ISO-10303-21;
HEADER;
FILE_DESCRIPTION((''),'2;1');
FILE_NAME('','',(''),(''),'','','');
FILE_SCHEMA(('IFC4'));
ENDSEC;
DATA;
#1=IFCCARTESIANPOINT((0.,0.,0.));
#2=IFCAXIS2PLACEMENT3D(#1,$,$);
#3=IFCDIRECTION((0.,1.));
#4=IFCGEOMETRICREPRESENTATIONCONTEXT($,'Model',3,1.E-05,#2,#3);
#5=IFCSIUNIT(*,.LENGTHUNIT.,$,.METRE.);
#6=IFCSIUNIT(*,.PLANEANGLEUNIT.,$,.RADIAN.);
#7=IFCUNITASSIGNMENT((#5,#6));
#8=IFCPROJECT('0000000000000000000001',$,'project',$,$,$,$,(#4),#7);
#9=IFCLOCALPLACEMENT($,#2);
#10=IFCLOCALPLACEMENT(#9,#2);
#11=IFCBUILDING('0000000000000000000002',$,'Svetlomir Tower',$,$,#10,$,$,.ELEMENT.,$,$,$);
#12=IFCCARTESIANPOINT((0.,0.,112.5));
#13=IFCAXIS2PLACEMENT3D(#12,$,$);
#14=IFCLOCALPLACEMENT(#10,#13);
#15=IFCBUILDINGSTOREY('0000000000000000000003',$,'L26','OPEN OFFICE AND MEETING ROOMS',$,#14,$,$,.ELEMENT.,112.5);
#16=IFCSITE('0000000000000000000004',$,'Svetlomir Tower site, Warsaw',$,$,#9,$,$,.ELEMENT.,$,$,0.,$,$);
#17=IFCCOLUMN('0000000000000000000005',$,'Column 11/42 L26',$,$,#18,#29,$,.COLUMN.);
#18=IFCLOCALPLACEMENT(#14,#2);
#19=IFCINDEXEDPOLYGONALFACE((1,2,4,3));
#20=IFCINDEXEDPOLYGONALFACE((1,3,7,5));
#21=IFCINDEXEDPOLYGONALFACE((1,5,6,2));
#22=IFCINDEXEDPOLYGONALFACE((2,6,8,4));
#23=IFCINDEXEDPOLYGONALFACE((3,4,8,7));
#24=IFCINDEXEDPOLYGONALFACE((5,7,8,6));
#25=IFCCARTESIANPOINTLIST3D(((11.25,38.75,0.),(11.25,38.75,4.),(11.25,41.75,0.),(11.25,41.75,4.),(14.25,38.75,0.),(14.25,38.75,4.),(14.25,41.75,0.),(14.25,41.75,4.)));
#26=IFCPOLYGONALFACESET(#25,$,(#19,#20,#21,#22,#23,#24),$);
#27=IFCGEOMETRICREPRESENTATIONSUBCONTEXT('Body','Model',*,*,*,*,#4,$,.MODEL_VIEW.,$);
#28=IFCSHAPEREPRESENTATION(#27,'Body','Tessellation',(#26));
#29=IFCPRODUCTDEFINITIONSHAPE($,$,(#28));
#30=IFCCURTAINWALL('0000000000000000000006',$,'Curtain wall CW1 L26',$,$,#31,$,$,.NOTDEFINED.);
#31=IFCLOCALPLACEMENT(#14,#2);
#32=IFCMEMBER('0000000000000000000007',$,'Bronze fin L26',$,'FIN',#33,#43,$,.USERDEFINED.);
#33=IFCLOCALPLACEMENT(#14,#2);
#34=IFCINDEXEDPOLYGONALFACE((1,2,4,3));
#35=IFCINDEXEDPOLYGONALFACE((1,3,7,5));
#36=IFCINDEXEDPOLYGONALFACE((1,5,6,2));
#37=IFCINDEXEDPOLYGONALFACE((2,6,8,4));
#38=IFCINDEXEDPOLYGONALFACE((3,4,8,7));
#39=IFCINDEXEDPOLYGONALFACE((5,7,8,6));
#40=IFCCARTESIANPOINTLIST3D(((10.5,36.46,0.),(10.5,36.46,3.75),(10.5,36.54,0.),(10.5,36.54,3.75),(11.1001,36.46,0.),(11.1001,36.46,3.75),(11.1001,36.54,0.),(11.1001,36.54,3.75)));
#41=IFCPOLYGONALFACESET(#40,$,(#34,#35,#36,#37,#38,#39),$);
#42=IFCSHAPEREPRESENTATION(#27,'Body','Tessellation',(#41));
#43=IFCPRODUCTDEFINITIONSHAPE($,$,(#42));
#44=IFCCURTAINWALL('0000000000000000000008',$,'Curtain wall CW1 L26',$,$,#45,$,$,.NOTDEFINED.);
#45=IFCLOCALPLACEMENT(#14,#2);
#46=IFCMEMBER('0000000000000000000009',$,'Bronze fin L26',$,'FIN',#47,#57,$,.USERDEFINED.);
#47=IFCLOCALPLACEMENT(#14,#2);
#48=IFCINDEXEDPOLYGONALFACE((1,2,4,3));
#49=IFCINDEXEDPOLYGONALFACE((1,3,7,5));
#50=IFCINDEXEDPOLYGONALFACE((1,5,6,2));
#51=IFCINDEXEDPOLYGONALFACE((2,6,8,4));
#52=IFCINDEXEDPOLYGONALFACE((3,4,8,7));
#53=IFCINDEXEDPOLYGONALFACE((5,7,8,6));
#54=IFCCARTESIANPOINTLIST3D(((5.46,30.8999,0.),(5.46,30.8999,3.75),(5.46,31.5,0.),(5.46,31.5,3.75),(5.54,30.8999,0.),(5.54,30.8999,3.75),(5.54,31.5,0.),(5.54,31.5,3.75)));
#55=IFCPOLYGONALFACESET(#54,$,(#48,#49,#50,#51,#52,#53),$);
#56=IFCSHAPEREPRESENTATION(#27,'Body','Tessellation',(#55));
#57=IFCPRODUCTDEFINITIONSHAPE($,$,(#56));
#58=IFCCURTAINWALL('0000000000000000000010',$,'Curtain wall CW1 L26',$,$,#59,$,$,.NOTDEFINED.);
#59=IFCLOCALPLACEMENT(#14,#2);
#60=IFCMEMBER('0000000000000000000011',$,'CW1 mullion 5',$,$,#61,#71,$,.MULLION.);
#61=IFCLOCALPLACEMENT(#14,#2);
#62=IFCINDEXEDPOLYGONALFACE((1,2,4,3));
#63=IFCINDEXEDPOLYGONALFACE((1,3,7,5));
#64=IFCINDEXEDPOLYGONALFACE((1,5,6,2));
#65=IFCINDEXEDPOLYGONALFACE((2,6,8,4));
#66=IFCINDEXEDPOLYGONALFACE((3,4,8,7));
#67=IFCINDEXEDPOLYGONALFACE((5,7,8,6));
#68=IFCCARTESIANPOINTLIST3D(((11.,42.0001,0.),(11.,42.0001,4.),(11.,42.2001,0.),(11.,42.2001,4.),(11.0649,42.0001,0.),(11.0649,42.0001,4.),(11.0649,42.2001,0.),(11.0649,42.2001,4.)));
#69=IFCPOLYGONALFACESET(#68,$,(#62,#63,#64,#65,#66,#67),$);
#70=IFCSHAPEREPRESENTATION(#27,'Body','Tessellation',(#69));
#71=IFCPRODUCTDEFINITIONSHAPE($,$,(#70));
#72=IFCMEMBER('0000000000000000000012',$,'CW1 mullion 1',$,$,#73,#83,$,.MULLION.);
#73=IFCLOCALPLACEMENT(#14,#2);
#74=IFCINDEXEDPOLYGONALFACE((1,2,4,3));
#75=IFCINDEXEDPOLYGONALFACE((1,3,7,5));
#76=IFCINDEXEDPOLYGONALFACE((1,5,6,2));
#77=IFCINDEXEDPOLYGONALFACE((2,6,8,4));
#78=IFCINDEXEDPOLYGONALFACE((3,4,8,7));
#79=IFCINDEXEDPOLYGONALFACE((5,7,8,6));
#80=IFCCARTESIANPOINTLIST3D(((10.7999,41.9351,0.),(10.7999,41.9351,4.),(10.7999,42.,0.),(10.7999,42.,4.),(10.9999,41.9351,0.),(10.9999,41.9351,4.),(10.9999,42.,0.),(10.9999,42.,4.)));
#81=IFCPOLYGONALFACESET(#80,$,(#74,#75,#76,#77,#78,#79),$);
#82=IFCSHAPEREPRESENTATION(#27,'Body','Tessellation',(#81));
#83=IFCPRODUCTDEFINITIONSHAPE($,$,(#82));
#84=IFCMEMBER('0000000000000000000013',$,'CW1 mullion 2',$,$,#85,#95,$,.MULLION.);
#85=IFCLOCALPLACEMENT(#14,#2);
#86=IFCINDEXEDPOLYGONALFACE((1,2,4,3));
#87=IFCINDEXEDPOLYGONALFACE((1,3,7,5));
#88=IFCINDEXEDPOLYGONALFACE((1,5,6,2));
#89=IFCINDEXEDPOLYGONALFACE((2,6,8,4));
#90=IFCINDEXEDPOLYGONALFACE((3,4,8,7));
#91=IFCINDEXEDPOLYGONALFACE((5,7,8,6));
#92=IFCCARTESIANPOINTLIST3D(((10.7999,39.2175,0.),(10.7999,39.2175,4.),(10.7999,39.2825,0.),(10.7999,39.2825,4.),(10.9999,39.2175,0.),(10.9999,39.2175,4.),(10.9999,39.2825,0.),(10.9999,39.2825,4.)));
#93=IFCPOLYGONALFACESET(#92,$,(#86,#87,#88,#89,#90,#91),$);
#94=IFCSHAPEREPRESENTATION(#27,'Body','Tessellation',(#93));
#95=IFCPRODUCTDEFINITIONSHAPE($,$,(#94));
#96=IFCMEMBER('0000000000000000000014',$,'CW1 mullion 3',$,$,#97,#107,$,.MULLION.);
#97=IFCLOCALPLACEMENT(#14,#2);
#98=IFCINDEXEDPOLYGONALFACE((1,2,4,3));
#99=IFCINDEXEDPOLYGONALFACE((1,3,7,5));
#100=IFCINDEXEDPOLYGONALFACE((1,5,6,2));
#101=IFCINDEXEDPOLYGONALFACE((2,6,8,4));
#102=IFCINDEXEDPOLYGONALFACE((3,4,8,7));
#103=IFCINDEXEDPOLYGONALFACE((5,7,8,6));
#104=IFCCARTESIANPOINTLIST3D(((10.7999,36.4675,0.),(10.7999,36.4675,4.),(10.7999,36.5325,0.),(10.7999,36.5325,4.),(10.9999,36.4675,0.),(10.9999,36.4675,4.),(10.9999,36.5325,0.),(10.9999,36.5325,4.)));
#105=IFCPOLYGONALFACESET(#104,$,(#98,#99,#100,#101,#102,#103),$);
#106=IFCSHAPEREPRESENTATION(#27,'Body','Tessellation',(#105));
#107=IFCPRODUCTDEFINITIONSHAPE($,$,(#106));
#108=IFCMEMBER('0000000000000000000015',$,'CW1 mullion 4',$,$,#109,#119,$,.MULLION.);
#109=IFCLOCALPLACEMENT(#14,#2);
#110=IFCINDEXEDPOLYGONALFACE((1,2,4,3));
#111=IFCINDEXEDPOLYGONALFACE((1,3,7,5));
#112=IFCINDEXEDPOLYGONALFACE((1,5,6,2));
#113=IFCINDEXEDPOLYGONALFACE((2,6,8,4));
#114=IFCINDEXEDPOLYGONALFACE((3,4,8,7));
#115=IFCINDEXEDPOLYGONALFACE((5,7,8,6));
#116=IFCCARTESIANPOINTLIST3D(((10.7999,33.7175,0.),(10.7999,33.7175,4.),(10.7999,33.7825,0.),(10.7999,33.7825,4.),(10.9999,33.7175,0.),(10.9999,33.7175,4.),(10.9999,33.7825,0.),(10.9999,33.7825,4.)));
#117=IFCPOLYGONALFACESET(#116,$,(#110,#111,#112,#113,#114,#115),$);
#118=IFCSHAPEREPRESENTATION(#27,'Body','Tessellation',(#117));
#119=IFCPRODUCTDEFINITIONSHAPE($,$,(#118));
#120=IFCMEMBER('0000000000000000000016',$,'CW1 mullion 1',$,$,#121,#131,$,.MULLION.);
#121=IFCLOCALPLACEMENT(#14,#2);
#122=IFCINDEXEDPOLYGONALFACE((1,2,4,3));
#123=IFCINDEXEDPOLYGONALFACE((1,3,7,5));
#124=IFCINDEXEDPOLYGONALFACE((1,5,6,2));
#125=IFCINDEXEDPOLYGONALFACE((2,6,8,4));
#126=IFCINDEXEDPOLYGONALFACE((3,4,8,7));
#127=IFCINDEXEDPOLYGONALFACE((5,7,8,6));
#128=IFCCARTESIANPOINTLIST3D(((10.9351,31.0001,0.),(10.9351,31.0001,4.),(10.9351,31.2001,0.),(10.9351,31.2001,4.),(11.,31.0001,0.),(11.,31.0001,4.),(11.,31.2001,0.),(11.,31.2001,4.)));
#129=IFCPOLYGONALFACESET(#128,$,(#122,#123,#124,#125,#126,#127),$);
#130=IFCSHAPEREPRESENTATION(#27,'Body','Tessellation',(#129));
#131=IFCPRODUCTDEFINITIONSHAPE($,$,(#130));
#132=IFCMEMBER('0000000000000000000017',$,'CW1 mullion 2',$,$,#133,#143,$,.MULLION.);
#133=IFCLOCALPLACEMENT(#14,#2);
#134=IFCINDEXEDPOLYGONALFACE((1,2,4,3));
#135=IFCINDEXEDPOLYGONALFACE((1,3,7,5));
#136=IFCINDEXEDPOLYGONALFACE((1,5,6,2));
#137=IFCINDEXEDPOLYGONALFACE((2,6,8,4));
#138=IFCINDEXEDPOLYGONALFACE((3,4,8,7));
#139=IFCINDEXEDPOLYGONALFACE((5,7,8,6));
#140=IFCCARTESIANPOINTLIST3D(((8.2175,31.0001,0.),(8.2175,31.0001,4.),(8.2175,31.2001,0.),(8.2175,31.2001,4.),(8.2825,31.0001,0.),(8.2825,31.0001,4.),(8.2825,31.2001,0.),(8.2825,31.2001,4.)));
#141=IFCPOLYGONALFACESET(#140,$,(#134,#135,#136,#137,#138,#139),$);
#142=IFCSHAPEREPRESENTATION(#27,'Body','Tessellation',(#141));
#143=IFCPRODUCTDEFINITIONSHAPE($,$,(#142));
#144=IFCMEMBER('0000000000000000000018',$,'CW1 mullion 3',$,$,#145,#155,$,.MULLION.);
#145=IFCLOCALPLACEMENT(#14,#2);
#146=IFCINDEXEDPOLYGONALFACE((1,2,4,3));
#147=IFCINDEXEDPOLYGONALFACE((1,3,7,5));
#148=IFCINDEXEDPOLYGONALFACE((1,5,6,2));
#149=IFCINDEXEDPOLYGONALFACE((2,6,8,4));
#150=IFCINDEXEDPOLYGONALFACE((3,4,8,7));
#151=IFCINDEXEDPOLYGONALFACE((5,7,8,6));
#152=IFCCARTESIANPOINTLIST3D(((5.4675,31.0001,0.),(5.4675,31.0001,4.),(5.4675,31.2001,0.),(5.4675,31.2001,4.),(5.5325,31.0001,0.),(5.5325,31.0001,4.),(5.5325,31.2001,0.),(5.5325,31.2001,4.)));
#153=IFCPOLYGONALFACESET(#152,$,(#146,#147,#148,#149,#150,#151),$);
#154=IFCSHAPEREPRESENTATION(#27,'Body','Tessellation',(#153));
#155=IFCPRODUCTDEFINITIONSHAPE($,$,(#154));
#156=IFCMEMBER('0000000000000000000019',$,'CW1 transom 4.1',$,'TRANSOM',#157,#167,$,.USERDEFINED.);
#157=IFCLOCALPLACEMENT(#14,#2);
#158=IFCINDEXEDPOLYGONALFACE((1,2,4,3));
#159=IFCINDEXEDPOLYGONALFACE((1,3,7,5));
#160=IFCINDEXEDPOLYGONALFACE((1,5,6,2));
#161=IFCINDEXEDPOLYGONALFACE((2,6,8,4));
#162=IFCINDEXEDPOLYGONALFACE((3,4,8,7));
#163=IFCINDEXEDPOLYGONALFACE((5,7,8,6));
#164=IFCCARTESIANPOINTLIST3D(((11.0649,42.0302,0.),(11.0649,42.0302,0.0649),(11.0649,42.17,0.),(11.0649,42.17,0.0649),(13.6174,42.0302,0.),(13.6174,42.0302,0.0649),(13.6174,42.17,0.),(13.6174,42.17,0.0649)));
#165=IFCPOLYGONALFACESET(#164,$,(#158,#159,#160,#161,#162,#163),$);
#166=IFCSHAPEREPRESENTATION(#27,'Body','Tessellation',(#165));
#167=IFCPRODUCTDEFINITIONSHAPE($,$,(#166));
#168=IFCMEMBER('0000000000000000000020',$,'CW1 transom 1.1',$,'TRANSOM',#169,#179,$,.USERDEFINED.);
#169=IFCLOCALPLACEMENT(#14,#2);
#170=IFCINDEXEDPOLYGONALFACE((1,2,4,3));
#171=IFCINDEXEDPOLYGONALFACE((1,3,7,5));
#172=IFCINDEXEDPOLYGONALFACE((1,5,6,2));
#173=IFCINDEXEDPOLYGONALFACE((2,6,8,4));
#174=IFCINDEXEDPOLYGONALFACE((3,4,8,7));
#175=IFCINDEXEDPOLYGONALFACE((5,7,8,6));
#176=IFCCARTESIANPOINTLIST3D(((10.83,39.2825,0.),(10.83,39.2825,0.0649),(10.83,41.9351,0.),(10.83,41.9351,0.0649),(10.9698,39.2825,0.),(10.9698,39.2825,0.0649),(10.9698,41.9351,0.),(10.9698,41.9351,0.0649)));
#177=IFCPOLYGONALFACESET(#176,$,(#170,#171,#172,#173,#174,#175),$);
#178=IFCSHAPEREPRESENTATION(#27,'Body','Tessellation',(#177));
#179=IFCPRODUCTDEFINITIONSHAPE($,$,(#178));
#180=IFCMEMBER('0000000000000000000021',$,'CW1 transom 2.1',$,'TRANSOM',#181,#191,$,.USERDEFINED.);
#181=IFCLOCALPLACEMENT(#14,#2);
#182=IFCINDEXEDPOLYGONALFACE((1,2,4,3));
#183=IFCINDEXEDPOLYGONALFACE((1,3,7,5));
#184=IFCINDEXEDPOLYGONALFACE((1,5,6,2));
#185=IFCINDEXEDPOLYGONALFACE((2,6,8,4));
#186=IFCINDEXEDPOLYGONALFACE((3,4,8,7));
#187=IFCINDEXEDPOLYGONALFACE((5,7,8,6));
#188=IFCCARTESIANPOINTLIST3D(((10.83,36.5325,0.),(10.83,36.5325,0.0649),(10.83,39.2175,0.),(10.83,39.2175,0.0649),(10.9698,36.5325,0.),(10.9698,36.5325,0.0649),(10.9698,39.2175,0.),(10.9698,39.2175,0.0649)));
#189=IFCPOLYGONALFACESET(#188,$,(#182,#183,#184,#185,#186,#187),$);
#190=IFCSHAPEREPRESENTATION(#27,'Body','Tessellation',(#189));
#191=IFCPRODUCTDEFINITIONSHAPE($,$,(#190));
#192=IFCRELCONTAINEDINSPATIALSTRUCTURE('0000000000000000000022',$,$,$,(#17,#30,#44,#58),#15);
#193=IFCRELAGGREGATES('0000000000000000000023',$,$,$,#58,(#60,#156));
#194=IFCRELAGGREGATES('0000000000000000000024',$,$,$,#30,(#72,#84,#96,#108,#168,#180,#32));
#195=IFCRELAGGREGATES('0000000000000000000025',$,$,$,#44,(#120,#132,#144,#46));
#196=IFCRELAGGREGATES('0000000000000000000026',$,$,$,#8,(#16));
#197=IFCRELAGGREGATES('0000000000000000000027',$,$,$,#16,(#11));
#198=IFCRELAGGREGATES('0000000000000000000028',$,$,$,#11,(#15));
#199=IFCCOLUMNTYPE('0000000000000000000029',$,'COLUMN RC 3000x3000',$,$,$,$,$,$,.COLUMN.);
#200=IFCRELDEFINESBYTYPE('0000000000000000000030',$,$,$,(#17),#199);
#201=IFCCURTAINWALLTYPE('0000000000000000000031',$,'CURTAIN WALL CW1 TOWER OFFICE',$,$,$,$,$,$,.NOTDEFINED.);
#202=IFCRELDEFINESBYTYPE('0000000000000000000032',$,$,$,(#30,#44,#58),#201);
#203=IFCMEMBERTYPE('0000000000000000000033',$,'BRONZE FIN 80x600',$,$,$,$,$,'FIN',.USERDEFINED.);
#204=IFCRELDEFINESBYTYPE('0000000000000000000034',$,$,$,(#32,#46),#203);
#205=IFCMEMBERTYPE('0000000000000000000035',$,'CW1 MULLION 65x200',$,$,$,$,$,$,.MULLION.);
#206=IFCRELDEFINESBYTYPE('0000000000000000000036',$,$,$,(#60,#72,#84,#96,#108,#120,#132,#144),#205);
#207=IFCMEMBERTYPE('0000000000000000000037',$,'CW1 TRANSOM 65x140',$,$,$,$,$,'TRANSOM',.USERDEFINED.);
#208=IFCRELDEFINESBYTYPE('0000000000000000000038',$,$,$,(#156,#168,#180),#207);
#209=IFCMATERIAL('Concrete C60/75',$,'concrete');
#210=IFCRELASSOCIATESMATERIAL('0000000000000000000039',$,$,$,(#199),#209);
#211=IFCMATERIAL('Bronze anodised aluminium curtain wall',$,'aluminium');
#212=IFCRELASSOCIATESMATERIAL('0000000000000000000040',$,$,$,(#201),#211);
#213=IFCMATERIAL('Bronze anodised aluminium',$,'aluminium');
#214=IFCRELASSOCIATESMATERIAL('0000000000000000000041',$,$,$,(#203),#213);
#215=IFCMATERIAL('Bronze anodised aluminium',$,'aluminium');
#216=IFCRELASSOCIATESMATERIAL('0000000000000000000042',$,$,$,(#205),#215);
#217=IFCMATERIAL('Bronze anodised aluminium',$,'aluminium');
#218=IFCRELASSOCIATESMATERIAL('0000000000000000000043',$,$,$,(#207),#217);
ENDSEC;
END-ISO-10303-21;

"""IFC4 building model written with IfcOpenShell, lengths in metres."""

from ifc_helpers import new_model, si_unit, direction, frame, origin, origin_2d, place, context, subcontext, project, spatial, rectangle, extrude, material, material_profile, profile_set, type_object, element, aggregate, save


model = new_model("IFC4")

# Units and contexts
model_context = context("Model", 3, precision=1e-05, world=origin(), true_north=direction((0.0, 1.0)))
body_context = subcontext(model_context, "Body", "Model", "MODEL_VIEW")
ifc_project = project(units=[si_unit("LENGTHUNIT", "METRE"), si_unit("PLANEANGLEUNIT", "RADIAN")], contexts=[model_context])

# Site, building, storey
site_placement = place(None, origin())
site = spatial("IfcSite", under=ifc_project, at=site_placement, Name="Svetlomir Tower site, Warsaw", CompositionType="ELEMENT", RefElevation=0.0)
building_placement = place(site_placement, origin())
building = spatial("IfcBuilding", under=site, at=building_placement, Name="Svetlomir Tower", CompositionType="ELEMENT")
storey_placement = place(building_placement, frame((0.0, 0.0, 112.5)))
storey = spatial("IfcBuildingStorey", under=building, at=storey_placement, Name="L26", Description="OPEN OFFICE AND MEETING ROOMS", CompositionType="ELEMENT", Elevation=112.5)

# Column
ifc_material_1 = material(Name="Concrete C60/75", Category="concrete")
ifc_material_profile_1 = material_profile(ifc_material_1, rectangle(XDim=3.0, YDim=3.0, at=origin_2d()), Name="RC 3000x3000")
ifc_profile_set_1 = profile_set([ifc_material_profile_1], Name="Concrete C60/75")
column_type = type_object("IfcColumnType", Name="COLUMN RC 3000x3000", PredefinedType="COLUMN", material=ifc_profile_set_1)
column_placement = place(storey_placement, frame((12.75, 40.25, 0.0), z_axis=(0.0, 0.0, 1.0), x_axis=(1.0, 0.0, 0.0)))
element("IfcColumn", 1, at=column_placement, inside=storey, type_object=column_type, Name="Column 11/42 L26", PredefinedType="COLUMN", context=body_context, shape_type="SweptSolid", body=[
    extrude(rectangle(XDim=3.0, YDim=3.0, at=origin_2d()), origin(), (0.0, 0.0, 1.0), 4.0),
])

# Curtain walls, members
ifc_material_2 = material(Name="Bronze anodised aluminium curtain wall", Category="aluminium")
curtain_wall_type = type_object("IfcCurtainWallType", Name="CURTAIN WALL CW1 TOWER OFFICE", PredefinedType="NOTDEFINED", material=ifc_material_2)
curtain_wall_1_placement = place(storey_placement, origin())
curtain_wall_1 = element("IfcCurtainWall", 2, at=curtain_wall_1_placement, inside=storey, type_object=curtain_wall_type, Name="Curtain wall CW1 L26", PredefinedType="NOTDEFINED")
ifc_material_3 = material(Name="Bronze anodised aluminium", Category="aluminium")
ifc_material_profile_2 = material_profile(ifc_material_3, rectangle(XDim=0.0801, YDim=0.6001, at=origin_2d()), Name="FIN 80x600")
ifc_profile_set_2 = profile_set([ifc_material_profile_2], Name="Bronze anodised aluminium 6063-T6")
member_type_1 = type_object("IfcMemberType", Name="BRONZE FIN 80x600", ElementType="FIN", PredefinedType="USERDEFINED", material=ifc_profile_set_2)
member_1_placement = place(storey_placement, frame((10.8, 36.5, 0.0), z_axis=(0.0, 0.0, 1.0), x_axis=(0.0, 1.0, 0.0)))
member_1 = element("IfcMember", 3, at=member_1_placement, type_object=member_type_1, Name="Bronze fin L26", ObjectType="FIN", PredefinedType="USERDEFINED", context=body_context, shape_type="SweptSolid", body=[
    extrude(rectangle(XDim=0.0801, YDim=0.6001, at=origin_2d()), origin(), (0.0, 0.0, 1.0), 3.75),
])
curtain_wall_2_placement = place(storey_placement, origin())
curtain_wall_2 = element("IfcCurtainWall", 4, at=curtain_wall_2_placement, inside=storey, type_object=curtain_wall_type, Name="Curtain wall CW1 L26", PredefinedType="NOTDEFINED")
member_2_placement = place(storey_placement, frame((5.5, 31.2, 0.0), z_axis=(0.0, 0.0, 1.0), x_axis=(1.0, 0.0, 0.0)))
member_2 = element("IfcMember", 5, at=member_2_placement, type_object=member_type_1, Name="Bronze fin L26", ObjectType="FIN", PredefinedType="USERDEFINED", context=body_context, shape_type="SweptSolid", body=[
    extrude(rectangle(XDim=0.0801, YDim=0.6001, at=origin_2d()), origin(), (0.0, 0.0, 1.0), 3.75),
])
curtain_wall_3_placement = place(storey_placement, origin())
curtain_wall_3 = element("IfcCurtainWall", 6, at=curtain_wall_3_placement, inside=storey, type_object=curtain_wall_type, Name="Curtain wall CW1 L26", PredefinedType="NOTDEFINED")
ifc_material_4 = material(Name="Bronze anodised aluminium", Category="aluminium")
ifc_material_profile_3 = material_profile(ifc_material_4, rectangle(XDim=0.0649, YDim=0.2, at=origin_2d()), Name="AL 65x200")
ifc_profile_set_3 = profile_set([ifc_material_profile_3], Name="Bronze anodised aluminium 6063-T6")
member_type_2 = type_object("IfcMemberType", Name="CW1 MULLION 65x200", PredefinedType="MULLION", material=ifc_profile_set_3)
member_3_placement = place(storey_placement, frame((11.0325, 42.1001, 0.0), z_axis=(0.0, 0.0, 1.0), x_axis=(-1.0, 0.0, 0.0)))
member_3 = element("IfcMember", 7, at=member_3_placement, type_object=member_type_2, Name="CW1 mullion 5", PredefinedType="MULLION", context=body_context, shape_type="SweptSolid", body=[
    extrude(rectangle(XDim=0.0649, YDim=0.2, at=origin_2d()), origin(), (0.0, 0.0, 1.0), 4.0),
])

# Members
member_4_placement = place(storey_placement, frame((10.8999, 41.9675, 0.0), z_axis=(0.0, 0.0, 1.0), x_axis=(0.0, -1.0, 0.0)))
member_4 = element("IfcMember", 8, at=member_4_placement, type_object=member_type_2, Name="CW1 mullion 1", PredefinedType="MULLION", context=body_context, shape_type="SweptSolid", body=[
    extrude(rectangle(XDim=0.0649, YDim=0.2, at=origin_2d()), origin(), (0.0, 0.0, 1.0), 4.0),
])
member_5_placement = place(storey_placement, frame((10.8999, 39.25, 0.0), z_axis=(0.0, 0.0, 1.0), x_axis=(0.0, -1.0, 0.0)))
member_5 = element("IfcMember", 9, at=member_5_placement, type_object=member_type_2, Name="CW1 mullion 2", PredefinedType="MULLION", context=body_context, shape_type="SweptSolid", body=[
    extrude(rectangle(XDim=0.0649, YDim=0.2, at=origin_2d()), origin(), (0.0, 0.0, 1.0), 4.0),
])
member_6_placement = place(storey_placement, frame((10.8999, 36.5, 0.0), z_axis=(0.0, 0.0, 1.0), x_axis=(0.0, -1.0, 0.0)))
member_6 = element("IfcMember", 10, at=member_6_placement, type_object=member_type_2, Name="CW1 mullion 3", PredefinedType="MULLION", context=body_context, shape_type="SweptSolid", body=[
    extrude(rectangle(XDim=0.0649, YDim=0.2, at=origin_2d()), origin(), (0.0, 0.0, 1.0), 4.0),
])
member_7_placement = place(storey_placement, frame((10.8999, 33.75, 0.0), z_axis=(0.0, 0.0, 1.0), x_axis=(0.0, -1.0, 0.0)))
member_7 = element("IfcMember", 11, at=member_7_placement, type_object=member_type_2, Name="CW1 mullion 4", PredefinedType="MULLION", context=body_context, shape_type="SweptSolid", body=[
    extrude(rectangle(XDim=0.0649, YDim=0.2, at=origin_2d()), origin(), (0.0, 0.0, 1.0), 4.0),
])
member_8_placement = place(storey_placement, frame((10.9675, 31.1001, 0.0), z_axis=(0.0, 0.0, 1.0), x_axis=(-1.0, 0.0, 0.0)))
member_8 = element("IfcMember", 12, at=member_8_placement, type_object=member_type_2, Name="CW1 mullion 1", PredefinedType="MULLION", context=body_context, shape_type="SweptSolid", body=[
    extrude(rectangle(XDim=0.0649, YDim=0.2, at=origin_2d()), origin(), (0.0, 0.0, 1.0), 4.0),
])
member_9_placement = place(storey_placement, frame((8.25, 31.1001, 0.0), z_axis=(0.0, 0.0, 1.0), x_axis=(-1.0, 0.0, 0.0)))
member_9 = element("IfcMember", 13, at=member_9_placement, type_object=member_type_2, Name="CW1 mullion 2", PredefinedType="MULLION", context=body_context, shape_type="SweptSolid", body=[
    extrude(rectangle(XDim=0.0649, YDim=0.2, at=origin_2d()), origin(), (0.0, 0.0, 1.0), 4.0),
])
member_10_placement = place(storey_placement, frame((5.5, 31.1001, 0.0), z_axis=(0.0, 0.0, 1.0), x_axis=(-1.0, 0.0, 0.0)))
member_10 = element("IfcMember", 14, at=member_10_placement, type_object=member_type_2, Name="CW1 mullion 3", PredefinedType="MULLION", context=body_context, shape_type="SweptSolid", body=[
    extrude(rectangle(XDim=0.0649, YDim=0.2, at=origin_2d()), origin(), (0.0, 0.0, 1.0), 4.0),
])
ifc_material_5 = material(Name="Bronze anodised aluminium", Category="aluminium")
ifc_material_profile_4 = material_profile(ifc_material_5, rectangle(XDim=0.1399, YDim=0.0649, at=origin_2d()), Name="AL 140x65")
ifc_profile_set_4 = profile_set([ifc_material_profile_4], Name="Bronze anodised aluminium 6063-T6")
member_type_3 = type_object("IfcMemberType", Name="CW1 TRANSOM 65x140", ElementType="TRANSOM", PredefinedType="USERDEFINED", material=ifc_profile_set_4)
member_11_placement = place(storey_placement, frame((13.6174, 42.1001, 0.0325), z_axis=(-1.0, 0.0, 0.0), x_axis=(0.0, -1.0, 0.0)))
member_11 = element("IfcMember", 15, at=member_11_placement, type_object=member_type_3, Name="CW1 transom 4.1", ObjectType="TRANSOM", PredefinedType="USERDEFINED", context=body_context, shape_type="SweptSolid", body=[
    extrude(rectangle(XDim=0.1399, YDim=0.0649, at=origin_2d()), origin(), (0.0, 0.0, 1.0), 2.5525),
])
member_12_placement = place(storey_placement, frame((10.8999, 41.9351, 0.0325), z_axis=(0.0, -1.0, 0.0), x_axis=(1.0, 0.0, 0.0)))
member_12 = element("IfcMember", 16, at=member_12_placement, type_object=member_type_3, Name="CW1 transom 1.1", ObjectType="TRANSOM", PredefinedType="USERDEFINED", context=body_context, shape_type="SweptSolid", body=[
    extrude(rectangle(XDim=0.1399, YDim=0.0649, at=origin_2d()), origin(), (0.0, 0.0, 1.0), 2.6526),
])
member_13_placement = place(storey_placement, frame((10.8999, 39.2175, 0.0325), z_axis=(0.0, -1.0, 0.0), x_axis=(1.0, 0.0, 0.0)))
member_13 = element("IfcMember", 17, at=member_13_placement, type_object=member_type_3, Name="CW1 transom 2.1", ObjectType="TRANSOM", PredefinedType="USERDEFINED", context=body_context, shape_type="SweptSolid", body=[
    extrude(rectangle(XDim=0.1399, YDim=0.0649, at=origin_2d()), origin(), (0.0, 0.0, 1.0), 2.6851),
])

aggregate(curtain_wall_3, [member_3, member_11])
aggregate(curtain_wall_1, [member_4, member_5, member_6, member_7, member_12, member_13, member_1])
aggregate(curtain_wall_2, [member_8, member_9, member_10, member_2])

save(model, "model.ifc")
